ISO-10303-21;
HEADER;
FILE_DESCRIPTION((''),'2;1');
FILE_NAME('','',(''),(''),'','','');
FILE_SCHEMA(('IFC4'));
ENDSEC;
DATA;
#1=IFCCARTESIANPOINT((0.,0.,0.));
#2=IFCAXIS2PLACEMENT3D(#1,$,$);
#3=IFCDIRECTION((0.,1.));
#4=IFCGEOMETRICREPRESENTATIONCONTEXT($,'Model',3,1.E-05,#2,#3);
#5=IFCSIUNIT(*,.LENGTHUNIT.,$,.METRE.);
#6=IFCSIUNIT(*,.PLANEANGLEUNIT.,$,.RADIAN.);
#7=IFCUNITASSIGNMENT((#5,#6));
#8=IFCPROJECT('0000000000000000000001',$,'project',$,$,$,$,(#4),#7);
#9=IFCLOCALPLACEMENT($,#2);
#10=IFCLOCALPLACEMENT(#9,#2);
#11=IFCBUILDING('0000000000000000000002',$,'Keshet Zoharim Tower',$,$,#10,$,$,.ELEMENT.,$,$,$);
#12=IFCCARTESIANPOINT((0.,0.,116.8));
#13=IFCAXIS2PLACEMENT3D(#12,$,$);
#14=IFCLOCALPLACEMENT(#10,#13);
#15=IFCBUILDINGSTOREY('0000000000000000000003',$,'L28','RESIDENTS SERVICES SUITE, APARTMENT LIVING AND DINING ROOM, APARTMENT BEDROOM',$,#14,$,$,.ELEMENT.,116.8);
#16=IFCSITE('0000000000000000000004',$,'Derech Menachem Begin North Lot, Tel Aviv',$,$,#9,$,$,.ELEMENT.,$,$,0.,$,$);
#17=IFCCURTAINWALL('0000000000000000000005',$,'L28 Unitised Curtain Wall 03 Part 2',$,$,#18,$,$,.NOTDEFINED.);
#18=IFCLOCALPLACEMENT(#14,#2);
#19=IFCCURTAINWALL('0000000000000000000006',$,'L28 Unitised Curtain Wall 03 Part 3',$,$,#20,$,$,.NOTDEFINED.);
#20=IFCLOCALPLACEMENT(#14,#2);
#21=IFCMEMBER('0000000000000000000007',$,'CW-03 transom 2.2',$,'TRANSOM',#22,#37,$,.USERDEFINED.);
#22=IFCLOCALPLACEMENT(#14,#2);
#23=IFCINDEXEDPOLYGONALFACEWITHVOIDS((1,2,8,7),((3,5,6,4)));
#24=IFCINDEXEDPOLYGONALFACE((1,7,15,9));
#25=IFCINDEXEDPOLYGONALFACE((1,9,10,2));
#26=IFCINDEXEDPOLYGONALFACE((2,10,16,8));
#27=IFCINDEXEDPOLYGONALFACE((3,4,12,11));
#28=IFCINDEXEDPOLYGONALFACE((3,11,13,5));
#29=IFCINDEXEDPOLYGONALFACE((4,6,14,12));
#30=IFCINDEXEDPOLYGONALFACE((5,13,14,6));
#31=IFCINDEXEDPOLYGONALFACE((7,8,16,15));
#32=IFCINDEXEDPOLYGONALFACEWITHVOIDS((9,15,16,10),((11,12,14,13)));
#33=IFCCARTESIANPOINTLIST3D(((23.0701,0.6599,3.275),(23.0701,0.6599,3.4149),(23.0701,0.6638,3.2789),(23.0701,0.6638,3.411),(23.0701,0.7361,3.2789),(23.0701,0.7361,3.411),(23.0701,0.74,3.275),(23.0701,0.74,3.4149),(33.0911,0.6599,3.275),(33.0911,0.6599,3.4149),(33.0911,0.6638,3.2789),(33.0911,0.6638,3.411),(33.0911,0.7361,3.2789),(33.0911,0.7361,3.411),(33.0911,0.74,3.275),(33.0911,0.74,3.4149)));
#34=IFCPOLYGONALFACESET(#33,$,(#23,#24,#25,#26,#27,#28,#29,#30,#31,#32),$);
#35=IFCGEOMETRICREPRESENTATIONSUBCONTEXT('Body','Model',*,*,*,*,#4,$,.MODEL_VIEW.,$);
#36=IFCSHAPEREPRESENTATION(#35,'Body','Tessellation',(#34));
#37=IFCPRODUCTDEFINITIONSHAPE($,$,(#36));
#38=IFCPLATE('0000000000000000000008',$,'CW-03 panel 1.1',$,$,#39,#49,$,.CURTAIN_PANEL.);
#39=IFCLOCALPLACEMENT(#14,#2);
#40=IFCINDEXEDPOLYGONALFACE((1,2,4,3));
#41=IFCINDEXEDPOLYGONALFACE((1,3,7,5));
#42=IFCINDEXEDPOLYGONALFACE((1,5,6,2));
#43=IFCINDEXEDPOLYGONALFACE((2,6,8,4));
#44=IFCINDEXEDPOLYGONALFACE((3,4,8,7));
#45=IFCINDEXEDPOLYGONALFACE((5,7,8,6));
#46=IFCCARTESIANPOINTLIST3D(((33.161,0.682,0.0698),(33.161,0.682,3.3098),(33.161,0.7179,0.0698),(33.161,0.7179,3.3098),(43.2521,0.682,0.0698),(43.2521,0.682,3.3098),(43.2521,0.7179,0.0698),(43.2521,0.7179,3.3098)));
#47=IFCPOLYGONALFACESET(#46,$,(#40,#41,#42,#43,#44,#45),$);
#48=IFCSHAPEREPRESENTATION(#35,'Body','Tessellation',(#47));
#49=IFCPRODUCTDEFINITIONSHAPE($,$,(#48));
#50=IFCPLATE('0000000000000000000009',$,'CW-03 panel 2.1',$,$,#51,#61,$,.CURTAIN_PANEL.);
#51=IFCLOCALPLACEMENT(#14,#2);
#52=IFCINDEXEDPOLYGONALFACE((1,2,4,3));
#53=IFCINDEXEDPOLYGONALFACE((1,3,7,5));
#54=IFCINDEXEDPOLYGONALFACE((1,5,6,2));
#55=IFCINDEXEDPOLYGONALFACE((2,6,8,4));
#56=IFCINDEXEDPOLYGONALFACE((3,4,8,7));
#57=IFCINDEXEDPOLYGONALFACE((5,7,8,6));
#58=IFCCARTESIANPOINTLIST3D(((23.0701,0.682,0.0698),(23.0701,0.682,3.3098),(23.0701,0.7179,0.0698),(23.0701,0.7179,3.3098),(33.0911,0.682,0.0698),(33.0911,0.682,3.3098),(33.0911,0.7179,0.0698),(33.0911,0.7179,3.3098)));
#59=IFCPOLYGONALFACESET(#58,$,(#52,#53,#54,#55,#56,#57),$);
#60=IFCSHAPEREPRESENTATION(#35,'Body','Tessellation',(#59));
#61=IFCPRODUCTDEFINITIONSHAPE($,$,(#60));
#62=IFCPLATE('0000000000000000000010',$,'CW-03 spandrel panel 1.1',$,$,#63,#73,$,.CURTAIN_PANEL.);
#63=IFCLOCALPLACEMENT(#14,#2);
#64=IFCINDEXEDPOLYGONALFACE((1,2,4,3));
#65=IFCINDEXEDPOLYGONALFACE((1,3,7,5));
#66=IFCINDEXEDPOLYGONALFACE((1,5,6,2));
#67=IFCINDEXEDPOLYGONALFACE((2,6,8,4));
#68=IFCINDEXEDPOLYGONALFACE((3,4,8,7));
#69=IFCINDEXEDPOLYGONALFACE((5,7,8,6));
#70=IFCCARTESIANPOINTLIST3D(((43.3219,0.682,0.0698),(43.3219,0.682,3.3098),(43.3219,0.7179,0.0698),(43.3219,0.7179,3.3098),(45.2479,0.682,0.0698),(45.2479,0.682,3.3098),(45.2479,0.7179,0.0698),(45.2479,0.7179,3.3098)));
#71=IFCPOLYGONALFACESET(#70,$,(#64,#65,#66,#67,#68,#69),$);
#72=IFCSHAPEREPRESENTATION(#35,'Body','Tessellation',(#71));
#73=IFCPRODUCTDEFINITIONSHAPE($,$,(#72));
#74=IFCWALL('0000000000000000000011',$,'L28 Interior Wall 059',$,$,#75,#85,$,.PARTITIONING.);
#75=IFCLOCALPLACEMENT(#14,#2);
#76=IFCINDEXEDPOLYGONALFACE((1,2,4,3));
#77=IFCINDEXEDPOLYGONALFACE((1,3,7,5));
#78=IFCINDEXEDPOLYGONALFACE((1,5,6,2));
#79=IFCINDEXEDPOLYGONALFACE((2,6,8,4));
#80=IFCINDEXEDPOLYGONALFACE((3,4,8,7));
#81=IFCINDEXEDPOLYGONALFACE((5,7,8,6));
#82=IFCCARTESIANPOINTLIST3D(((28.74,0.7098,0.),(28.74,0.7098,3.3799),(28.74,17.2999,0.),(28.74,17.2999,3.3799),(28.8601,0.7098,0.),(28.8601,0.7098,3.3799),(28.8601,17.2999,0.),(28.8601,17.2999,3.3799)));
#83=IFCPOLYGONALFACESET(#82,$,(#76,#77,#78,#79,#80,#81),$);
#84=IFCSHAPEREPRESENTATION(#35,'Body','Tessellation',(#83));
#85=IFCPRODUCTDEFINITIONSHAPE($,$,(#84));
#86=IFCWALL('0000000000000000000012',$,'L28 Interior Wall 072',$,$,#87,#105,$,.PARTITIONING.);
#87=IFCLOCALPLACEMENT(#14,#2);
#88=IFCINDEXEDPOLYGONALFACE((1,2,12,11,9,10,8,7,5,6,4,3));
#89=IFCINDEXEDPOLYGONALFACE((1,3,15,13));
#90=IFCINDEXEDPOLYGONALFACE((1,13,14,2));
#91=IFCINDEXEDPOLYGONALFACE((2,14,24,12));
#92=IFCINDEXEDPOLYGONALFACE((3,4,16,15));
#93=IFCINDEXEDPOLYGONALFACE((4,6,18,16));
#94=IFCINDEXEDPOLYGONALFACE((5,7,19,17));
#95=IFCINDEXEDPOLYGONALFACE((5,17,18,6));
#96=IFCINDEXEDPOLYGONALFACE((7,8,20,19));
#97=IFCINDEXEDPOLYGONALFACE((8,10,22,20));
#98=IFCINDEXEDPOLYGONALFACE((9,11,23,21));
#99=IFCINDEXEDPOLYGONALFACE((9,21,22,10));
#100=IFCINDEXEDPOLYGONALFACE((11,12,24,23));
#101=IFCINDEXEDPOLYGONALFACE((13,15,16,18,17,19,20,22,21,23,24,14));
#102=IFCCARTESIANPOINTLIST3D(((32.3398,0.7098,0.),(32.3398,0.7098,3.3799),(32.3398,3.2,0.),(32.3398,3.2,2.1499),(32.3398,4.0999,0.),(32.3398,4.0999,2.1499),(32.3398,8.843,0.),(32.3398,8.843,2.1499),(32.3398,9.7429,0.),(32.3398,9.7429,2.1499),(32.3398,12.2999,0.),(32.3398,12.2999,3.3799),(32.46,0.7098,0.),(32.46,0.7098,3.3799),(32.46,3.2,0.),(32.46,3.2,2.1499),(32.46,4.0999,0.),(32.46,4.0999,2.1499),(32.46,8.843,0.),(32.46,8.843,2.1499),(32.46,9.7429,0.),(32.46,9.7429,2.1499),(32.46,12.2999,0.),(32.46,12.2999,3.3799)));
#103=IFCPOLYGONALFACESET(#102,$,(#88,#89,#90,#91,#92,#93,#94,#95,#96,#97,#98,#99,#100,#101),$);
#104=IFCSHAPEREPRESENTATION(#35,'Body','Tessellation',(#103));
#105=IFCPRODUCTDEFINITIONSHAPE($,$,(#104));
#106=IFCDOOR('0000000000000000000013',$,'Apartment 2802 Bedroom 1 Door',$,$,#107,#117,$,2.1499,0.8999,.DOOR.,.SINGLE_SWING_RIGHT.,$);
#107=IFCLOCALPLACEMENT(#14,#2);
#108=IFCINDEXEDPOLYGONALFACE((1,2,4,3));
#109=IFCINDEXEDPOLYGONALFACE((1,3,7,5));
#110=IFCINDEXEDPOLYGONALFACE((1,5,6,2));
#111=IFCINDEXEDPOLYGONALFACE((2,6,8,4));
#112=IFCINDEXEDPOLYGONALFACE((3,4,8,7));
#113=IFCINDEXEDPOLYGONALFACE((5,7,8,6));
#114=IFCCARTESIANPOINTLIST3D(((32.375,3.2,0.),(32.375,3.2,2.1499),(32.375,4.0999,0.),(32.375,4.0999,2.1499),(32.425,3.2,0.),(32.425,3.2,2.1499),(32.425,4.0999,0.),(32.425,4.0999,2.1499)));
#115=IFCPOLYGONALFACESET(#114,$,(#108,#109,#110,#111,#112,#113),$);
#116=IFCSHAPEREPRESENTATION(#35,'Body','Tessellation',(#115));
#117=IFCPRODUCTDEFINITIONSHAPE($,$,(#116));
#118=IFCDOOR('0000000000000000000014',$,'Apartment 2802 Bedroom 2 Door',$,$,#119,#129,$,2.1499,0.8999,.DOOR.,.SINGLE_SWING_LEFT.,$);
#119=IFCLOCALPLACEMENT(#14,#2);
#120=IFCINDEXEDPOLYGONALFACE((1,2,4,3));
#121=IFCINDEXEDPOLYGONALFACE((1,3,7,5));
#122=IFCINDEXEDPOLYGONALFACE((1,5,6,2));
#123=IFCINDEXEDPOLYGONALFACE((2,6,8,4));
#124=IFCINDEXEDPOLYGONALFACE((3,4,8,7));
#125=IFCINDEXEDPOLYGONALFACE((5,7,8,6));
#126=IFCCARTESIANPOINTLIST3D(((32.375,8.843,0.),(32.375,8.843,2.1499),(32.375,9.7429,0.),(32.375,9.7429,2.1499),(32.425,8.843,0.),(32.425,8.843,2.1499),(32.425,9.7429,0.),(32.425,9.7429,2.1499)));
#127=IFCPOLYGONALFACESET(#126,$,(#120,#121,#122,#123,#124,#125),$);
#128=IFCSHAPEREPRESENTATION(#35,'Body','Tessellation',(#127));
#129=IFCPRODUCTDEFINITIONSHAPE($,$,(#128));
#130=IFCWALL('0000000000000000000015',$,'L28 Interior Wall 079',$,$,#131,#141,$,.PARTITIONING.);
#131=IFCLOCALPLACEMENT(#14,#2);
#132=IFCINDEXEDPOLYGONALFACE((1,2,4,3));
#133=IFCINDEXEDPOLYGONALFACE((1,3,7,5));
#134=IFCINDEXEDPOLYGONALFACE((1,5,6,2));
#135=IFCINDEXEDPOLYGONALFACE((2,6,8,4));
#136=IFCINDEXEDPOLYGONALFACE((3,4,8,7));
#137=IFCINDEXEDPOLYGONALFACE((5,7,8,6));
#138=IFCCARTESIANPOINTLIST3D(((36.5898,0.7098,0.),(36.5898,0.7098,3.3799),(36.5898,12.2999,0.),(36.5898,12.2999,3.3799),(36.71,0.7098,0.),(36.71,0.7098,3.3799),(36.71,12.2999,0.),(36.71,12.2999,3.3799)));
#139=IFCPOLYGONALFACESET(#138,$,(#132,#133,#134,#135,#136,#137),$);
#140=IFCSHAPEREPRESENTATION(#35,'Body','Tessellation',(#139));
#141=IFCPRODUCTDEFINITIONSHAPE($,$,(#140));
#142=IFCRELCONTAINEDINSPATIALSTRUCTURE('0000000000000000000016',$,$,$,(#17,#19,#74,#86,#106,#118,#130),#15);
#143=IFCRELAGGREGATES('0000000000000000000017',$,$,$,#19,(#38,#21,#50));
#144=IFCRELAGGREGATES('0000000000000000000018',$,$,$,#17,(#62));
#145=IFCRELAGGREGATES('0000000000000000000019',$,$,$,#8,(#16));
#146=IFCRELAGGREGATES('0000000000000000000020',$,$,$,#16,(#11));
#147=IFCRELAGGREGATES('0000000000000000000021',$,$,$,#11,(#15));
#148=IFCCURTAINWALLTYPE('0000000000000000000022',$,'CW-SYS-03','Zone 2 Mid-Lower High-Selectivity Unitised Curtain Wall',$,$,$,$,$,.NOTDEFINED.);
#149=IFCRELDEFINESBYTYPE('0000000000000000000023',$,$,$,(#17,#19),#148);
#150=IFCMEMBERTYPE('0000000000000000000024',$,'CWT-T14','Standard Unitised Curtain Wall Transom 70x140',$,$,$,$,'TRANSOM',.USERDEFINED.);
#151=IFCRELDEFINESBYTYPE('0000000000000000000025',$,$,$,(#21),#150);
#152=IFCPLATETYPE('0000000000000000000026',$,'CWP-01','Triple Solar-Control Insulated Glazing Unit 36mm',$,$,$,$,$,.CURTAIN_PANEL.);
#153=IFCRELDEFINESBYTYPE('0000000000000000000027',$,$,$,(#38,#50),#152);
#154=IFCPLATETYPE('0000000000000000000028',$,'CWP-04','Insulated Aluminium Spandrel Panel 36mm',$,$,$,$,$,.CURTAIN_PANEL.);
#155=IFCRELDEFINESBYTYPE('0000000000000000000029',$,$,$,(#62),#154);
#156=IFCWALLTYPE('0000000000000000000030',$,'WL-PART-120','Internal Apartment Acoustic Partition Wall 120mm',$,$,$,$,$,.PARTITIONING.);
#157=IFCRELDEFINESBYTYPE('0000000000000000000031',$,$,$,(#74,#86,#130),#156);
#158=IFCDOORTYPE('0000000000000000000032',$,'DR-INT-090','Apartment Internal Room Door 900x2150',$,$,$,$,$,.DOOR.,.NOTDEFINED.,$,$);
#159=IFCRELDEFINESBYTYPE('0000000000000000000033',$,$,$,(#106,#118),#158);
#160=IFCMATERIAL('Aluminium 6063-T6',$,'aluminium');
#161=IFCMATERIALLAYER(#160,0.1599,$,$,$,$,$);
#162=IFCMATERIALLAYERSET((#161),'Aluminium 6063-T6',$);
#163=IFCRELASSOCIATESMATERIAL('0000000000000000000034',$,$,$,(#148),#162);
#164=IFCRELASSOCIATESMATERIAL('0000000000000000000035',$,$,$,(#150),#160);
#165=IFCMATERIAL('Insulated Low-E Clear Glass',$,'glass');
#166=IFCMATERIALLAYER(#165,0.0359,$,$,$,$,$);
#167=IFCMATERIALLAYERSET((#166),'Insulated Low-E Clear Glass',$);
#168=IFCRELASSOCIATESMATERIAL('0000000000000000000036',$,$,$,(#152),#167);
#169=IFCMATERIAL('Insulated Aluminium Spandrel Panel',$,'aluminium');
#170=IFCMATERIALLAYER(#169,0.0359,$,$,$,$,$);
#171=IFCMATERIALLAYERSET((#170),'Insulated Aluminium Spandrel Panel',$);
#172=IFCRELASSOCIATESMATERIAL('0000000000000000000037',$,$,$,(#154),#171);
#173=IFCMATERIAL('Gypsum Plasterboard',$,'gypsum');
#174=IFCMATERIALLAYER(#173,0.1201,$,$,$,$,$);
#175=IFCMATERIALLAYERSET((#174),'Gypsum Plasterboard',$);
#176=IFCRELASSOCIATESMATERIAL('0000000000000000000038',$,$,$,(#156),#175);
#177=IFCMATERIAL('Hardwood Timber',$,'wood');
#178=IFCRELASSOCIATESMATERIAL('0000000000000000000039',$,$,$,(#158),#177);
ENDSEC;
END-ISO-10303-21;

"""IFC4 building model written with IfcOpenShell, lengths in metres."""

from ifc_helpers import new_model, si_unit, direction, frame, frame_2d, origin, origin_2d, place, context, subcontext, project, spatial, rectangle, hollow_rectangle, extrude, material, layer, layer_set, material_profile, profile_set, type_object, element, fill, aggregate, save


model = new_model("IFC4")

# Units and contexts
model_context = context("Model", 3, precision=1e-05, world=origin(), true_north=direction((0.0, 1.0)))
body_context = subcontext(model_context, "Body", "Model", "MODEL_VIEW")
ifc_project = project(units=[si_unit("LENGTHUNIT", "METRE"), si_unit("PLANEANGLEUNIT", "RADIAN")], contexts=[model_context])

# Site, building, storey
site_placement = place(None, origin())
site = spatial("IfcSite", under=ifc_project, at=site_placement, Name="Derech Menachem Begin North Lot, Tel Aviv", CompositionType="ELEMENT", RefElevation=0.0)
building_placement = place(site_placement, origin())
building = spatial("IfcBuilding", under=site, at=building_placement, Name="Keshet Zoharim Tower", CompositionType="ELEMENT")
storey_placement = place(building_placement, frame((0.0, 0.0, 116.8)))
storey = spatial("IfcBuildingStorey", under=building, at=storey_placement, Name="L28", Description="RESIDENTS SERVICES SUITE, APARTMENT LIVING AND DINING ROOM, APARTMENT BEDROOM", CompositionType="ELEMENT", Elevation=116.8)

# Curtain wall
ifc_material_1 = material(Name="Aluminium 6063-T6", Category="aluminium")
ifc_layer_1 = layer(ifc_material_1, 0.1599)
ifc_layer_set_1 = layer_set([ifc_layer_1], Name="Aluminium 6063-T6")
curtain_wall_type = type_object("IfcCurtainWallType", Name="CW-SYS-03", Description="Zone 2 Mid-Lower High-Selectivity Unitised Curtain Wall", PredefinedType="NOTDEFINED", material=ifc_layer_set_1)
curtain_wall_1_placement = place(storey_placement, origin())
curtain_wall_1 = element("IfcCurtainWall", 1, at=curtain_wall_1_placement, inside=storey, type_object=curtain_wall_type, Name="L28 Unitised Curtain Wall 03 Part 2", PredefinedType="NOTDEFINED")

# Curtain wall, member, plates
curtain_wall_2_placement = place(storey_placement, origin())
curtain_wall_2 = element("IfcCurtainWall", 2, at=curtain_wall_2_placement, inside=storey, type_object=curtain_wall_type, Name="L28 Unitised Curtain Wall 03 Part 3", PredefinedType="NOTDEFINED")
ifc_material_profile_1 = material_profile(ifc_material_1, hollow_rectangle(XDim=0.0801, YDim=0.1399, WallThickness=0.0039, at=origin_2d()), Name="TRN-80x140")
ifc_profile_set_1 = profile_set([ifc_material_profile_1], Name="Aluminium 6063-T6")
member_type_1 = type_object("IfcMemberType", Name="CWT-T14", Description="Standard Unitised Curtain Wall Transom 70x140", ElementType="TRANSOM", PredefinedType="USERDEFINED", material=ifc_profile_set_1)
member_1_placement = place(storey_placement, frame((33.0911, 0.7, 3.345), z_axis=(-1.0, 0.0, 0.0), x_axis=(0.0, -1.0, 0.0)))
member_1 = element("IfcMember", 3, at=member_1_placement, type_object=member_type_1, Name="CW-03 transom 2.2", ObjectType="TRANSOM", PredefinedType="USERDEFINED", context=body_context, shape_type="SweptSolid", body=[
    extrude(hollow_rectangle(XDim=0.0801, YDim=0.1399, WallThickness=0.0039, at=origin_2d()), origin(), (0.0, 0.0, 1.0), 10.021),
])
ifc_material_2 = material(Name="Insulated Low-E Clear Glass", Category="glass")
ifc_layer_2 = layer(ifc_material_2, 0.0359)
ifc_layer_set_2 = layer_set([ifc_layer_2], Name="Insulated Low-E Clear Glass")
plate_type_1 = type_object("IfcPlateType", Name="CWP-01", Description="Triple Solar-Control Insulated Glazing Unit 36mm", PredefinedType="CURTAIN_PANEL", material=ifc_layer_set_2)
plate_1_placement = place(storey_placement, frame((38.2065, 0.7, 0.0698), z_axis=(0.0, 0.0, 1.0), x_axis=(-1.0, 0.0, 0.0)))
plate_1 = element("IfcPlate", 4, at=plate_1_placement, type_object=plate_type_1, Name="CW-03 panel 1.1", PredefinedType="CURTAIN_PANEL", context=body_context, shape_type="SweptSolid", body=[
    extrude(rectangle(XDim=10.0911, YDim=0.0359, at=origin_2d()), origin(), (0.0, 0.0, 1.0), 3.24),
])
plate_2_placement = place(storey_placement, frame((28.0806, 0.7, 0.0698), z_axis=(0.0, 0.0, 1.0), x_axis=(-1.0, 0.0, 0.0)))
plate_2 = element("IfcPlate", 5, at=plate_2_placement, type_object=plate_type_1, Name="CW-03 panel 2.1", PredefinedType="CURTAIN_PANEL", context=body_context, shape_type="SweptSolid", body=[
    extrude(rectangle(XDim=10.021, YDim=0.0359, at=origin_2d()), origin(), (0.0, 0.0, 1.0), 3.24),
])
aggregate(curtain_wall_2, [plate_1, member_1, plate_2])

# Plate
ifc_material_3 = material(Name="Insulated Aluminium Spandrel Panel", Category="aluminium")
ifc_layer_3 = layer(ifc_material_3, 0.0359)
ifc_layer_set_3 = layer_set([ifc_layer_3], Name="Insulated Aluminium Spandrel Panel")
plate_type_2 = type_object("IfcPlateType", Name="CWP-04", Description="Insulated Aluminium Spandrel Panel 36mm", PredefinedType="CURTAIN_PANEL", material=ifc_layer_set_3)
plate_3_placement = place(storey_placement, frame((44.2849, 0.7, 0.0698), z_axis=(0.0, 0.0, 1.0), x_axis=(-1.0, 0.0, 0.0)))
plate_3 = element("IfcPlate", 6, at=plate_3_placement, type_object=plate_type_2, Name="CW-03 spandrel panel 1.1", PredefinedType="CURTAIN_PANEL", context=body_context, shape_type="SweptSolid", body=[
    extrude(rectangle(XDim=1.926, YDim=0.0359, at=origin_2d()), origin(), (0.0, 0.0, 1.0), 3.24),
])
aggregate(curtain_wall_1, [plate_3])

# Wall
ifc_material_4 = material(Name="Gypsum Plasterboard", Category="gypsum")
ifc_layer_4 = layer(ifc_material_4, 0.1201)
ifc_layer_set_4 = layer_set([ifc_layer_4], Name="Gypsum Plasterboard")
wall_type = type_object("IfcWallType", Name="WL-PART-120", Description="Internal Apartment Acoustic Partition Wall 120mm", PredefinedType="PARTITIONING", material=ifc_layer_set_4)
wall_1_placement = place(storey_placement, frame((28.8, 0.71, 0.0), z_axis=(0.0, 0.0, 1.0), x_axis=(0.0, 1.0, 0.0)))
element("IfcWall", 7, at=wall_1_placement, inside=storey, type_object=wall_type, Name="L28 Interior Wall 059", PredefinedType="PARTITIONING", context=body_context, shape_type="SweptSolid", body=[
    extrude(rectangle(XDim=16.5901, YDim=0.1201, at=frame_2d((8.2949, 0.0))), origin(), (0.0, 0.0, 1.0), 3.3799),
])

# Wall, openings, doors
wall_2_placement = place(storey_placement, frame((32.3999, 0.71, 0.0), z_axis=(0.0, 0.0, 1.0), x_axis=(0.0, 1.0, 0.0)))
wall_2 = element("IfcWall", 8, at=wall_2_placement, inside=storey, type_object=wall_type, Name="L28 Interior Wall 072", PredefinedType="PARTITIONING", context=body_context, shape_type="SweptSolid", body=[
    extrude(rectangle(XDim=11.5901, YDim=0.1201, at=frame_2d((5.7949, 0.0))), origin(), (0.0, 0.0, 1.0), 3.3799),
])
opening_1_placement = place(wall_2_placement, frame((2.49, 0.0, 0.0)))
opening_1 = element("IfcOpeningElement", 9, at=opening_1_placement, cuts=wall_2, PredefinedType="OPENING", context=body_context, shape_type="SweptSolid", body=[
    extrude(rectangle(XDim=0.8999, YDim=2.1499, at=frame_2d((0.45, 1.075))), frame((0.0, 0.0701, 0.0), z_axis=(0.0, -1.0, 0.0), x_axis=(1.0, 0.0, 0.0)), (0.0, 0.0, 1.0), 0.1401),
])
opening_2_placement = place(wall_2_placement, frame((8.1331, 0.0, 0.0)))
opening_2 = element("IfcOpeningElement", 10, at=opening_2_placement, cuts=wall_2, PredefinedType="OPENING", context=body_context, shape_type="SweptSolid", body=[
    extrude(rectangle(XDim=0.8999, YDim=2.1499, at=frame_2d((0.45, 1.075))), frame((0.0, 0.0701, 0.0), z_axis=(0.0, -1.0, 0.0), x_axis=(1.0, 0.0, 0.0)), (0.0, 0.0, 1.0), 0.1401),
])
ifc_material_5 = material(Name="Hardwood Timber", Category="wood")
door_type = type_object("IfcDoorType", Name="DR-INT-090", Description="Apartment Internal Room Door 900x2150", OperationType="NOTDEFINED", PredefinedType="DOOR", material=ifc_material_5)
door_1_placement = place(opening_1_placement, origin())
door_1 = element("IfcDoor", 11, at=door_1_placement, inside=storey, type_object=door_type, Name="Apartment 2802 Bedroom 1 Door", OperationType="SINGLE_SWING_RIGHT", OverallHeight=2.1499, OverallWidth=0.8999, PredefinedType="DOOR", context=body_context, shape_type="SweptSolid", body=[
    extrude(rectangle(XDim=0.8999, YDim=2.1499, at=frame_2d((0.45, 1.075))), frame((0.0, 0.0249, 0.0), z_axis=(0.0, -1.0, 0.0), x_axis=(1.0, 0.0, 0.0)), (0.0, 0.0, 1.0), 0.05),
])
fill(opening_1, door_1)
door_2_placement = place(opening_2_placement, origin())
door_2 = element("IfcDoor", 12, at=door_2_placement, inside=storey, type_object=door_type, Name="Apartment 2802 Bedroom 2 Door", OperationType="SINGLE_SWING_LEFT", OverallHeight=2.1499, OverallWidth=0.8999, PredefinedType="DOOR", context=body_context, shape_type="SweptSolid", body=[
    extrude(rectangle(XDim=0.8999, YDim=2.1499, at=frame_2d((0.45, 1.075))), frame((0.0, 0.0249, 0.0), z_axis=(0.0, -1.0, 0.0), x_axis=(1.0, 0.0, 0.0)), (0.0, 0.0, 1.0), 0.05),
])
fill(opening_2, door_2)

# Wall
wall_3_placement = place(storey_placement, frame((36.6499, 0.71, 0.0), z_axis=(0.0, 0.0, 1.0), x_axis=(0.0, 1.0, 0.0)))
element("IfcWall", 13, at=wall_3_placement, inside=storey, type_object=wall_type, Name="L28 Interior Wall 079", PredefinedType="PARTITIONING", context=body_context, shape_type="SweptSolid", body=[
    extrude(rectangle(XDim=11.5901, YDim=0.1201, at=frame_2d((5.7949, 0.0))), origin(), (0.0, 0.0, 1.0), 3.3799),
])

save(model, "model.ifc")
